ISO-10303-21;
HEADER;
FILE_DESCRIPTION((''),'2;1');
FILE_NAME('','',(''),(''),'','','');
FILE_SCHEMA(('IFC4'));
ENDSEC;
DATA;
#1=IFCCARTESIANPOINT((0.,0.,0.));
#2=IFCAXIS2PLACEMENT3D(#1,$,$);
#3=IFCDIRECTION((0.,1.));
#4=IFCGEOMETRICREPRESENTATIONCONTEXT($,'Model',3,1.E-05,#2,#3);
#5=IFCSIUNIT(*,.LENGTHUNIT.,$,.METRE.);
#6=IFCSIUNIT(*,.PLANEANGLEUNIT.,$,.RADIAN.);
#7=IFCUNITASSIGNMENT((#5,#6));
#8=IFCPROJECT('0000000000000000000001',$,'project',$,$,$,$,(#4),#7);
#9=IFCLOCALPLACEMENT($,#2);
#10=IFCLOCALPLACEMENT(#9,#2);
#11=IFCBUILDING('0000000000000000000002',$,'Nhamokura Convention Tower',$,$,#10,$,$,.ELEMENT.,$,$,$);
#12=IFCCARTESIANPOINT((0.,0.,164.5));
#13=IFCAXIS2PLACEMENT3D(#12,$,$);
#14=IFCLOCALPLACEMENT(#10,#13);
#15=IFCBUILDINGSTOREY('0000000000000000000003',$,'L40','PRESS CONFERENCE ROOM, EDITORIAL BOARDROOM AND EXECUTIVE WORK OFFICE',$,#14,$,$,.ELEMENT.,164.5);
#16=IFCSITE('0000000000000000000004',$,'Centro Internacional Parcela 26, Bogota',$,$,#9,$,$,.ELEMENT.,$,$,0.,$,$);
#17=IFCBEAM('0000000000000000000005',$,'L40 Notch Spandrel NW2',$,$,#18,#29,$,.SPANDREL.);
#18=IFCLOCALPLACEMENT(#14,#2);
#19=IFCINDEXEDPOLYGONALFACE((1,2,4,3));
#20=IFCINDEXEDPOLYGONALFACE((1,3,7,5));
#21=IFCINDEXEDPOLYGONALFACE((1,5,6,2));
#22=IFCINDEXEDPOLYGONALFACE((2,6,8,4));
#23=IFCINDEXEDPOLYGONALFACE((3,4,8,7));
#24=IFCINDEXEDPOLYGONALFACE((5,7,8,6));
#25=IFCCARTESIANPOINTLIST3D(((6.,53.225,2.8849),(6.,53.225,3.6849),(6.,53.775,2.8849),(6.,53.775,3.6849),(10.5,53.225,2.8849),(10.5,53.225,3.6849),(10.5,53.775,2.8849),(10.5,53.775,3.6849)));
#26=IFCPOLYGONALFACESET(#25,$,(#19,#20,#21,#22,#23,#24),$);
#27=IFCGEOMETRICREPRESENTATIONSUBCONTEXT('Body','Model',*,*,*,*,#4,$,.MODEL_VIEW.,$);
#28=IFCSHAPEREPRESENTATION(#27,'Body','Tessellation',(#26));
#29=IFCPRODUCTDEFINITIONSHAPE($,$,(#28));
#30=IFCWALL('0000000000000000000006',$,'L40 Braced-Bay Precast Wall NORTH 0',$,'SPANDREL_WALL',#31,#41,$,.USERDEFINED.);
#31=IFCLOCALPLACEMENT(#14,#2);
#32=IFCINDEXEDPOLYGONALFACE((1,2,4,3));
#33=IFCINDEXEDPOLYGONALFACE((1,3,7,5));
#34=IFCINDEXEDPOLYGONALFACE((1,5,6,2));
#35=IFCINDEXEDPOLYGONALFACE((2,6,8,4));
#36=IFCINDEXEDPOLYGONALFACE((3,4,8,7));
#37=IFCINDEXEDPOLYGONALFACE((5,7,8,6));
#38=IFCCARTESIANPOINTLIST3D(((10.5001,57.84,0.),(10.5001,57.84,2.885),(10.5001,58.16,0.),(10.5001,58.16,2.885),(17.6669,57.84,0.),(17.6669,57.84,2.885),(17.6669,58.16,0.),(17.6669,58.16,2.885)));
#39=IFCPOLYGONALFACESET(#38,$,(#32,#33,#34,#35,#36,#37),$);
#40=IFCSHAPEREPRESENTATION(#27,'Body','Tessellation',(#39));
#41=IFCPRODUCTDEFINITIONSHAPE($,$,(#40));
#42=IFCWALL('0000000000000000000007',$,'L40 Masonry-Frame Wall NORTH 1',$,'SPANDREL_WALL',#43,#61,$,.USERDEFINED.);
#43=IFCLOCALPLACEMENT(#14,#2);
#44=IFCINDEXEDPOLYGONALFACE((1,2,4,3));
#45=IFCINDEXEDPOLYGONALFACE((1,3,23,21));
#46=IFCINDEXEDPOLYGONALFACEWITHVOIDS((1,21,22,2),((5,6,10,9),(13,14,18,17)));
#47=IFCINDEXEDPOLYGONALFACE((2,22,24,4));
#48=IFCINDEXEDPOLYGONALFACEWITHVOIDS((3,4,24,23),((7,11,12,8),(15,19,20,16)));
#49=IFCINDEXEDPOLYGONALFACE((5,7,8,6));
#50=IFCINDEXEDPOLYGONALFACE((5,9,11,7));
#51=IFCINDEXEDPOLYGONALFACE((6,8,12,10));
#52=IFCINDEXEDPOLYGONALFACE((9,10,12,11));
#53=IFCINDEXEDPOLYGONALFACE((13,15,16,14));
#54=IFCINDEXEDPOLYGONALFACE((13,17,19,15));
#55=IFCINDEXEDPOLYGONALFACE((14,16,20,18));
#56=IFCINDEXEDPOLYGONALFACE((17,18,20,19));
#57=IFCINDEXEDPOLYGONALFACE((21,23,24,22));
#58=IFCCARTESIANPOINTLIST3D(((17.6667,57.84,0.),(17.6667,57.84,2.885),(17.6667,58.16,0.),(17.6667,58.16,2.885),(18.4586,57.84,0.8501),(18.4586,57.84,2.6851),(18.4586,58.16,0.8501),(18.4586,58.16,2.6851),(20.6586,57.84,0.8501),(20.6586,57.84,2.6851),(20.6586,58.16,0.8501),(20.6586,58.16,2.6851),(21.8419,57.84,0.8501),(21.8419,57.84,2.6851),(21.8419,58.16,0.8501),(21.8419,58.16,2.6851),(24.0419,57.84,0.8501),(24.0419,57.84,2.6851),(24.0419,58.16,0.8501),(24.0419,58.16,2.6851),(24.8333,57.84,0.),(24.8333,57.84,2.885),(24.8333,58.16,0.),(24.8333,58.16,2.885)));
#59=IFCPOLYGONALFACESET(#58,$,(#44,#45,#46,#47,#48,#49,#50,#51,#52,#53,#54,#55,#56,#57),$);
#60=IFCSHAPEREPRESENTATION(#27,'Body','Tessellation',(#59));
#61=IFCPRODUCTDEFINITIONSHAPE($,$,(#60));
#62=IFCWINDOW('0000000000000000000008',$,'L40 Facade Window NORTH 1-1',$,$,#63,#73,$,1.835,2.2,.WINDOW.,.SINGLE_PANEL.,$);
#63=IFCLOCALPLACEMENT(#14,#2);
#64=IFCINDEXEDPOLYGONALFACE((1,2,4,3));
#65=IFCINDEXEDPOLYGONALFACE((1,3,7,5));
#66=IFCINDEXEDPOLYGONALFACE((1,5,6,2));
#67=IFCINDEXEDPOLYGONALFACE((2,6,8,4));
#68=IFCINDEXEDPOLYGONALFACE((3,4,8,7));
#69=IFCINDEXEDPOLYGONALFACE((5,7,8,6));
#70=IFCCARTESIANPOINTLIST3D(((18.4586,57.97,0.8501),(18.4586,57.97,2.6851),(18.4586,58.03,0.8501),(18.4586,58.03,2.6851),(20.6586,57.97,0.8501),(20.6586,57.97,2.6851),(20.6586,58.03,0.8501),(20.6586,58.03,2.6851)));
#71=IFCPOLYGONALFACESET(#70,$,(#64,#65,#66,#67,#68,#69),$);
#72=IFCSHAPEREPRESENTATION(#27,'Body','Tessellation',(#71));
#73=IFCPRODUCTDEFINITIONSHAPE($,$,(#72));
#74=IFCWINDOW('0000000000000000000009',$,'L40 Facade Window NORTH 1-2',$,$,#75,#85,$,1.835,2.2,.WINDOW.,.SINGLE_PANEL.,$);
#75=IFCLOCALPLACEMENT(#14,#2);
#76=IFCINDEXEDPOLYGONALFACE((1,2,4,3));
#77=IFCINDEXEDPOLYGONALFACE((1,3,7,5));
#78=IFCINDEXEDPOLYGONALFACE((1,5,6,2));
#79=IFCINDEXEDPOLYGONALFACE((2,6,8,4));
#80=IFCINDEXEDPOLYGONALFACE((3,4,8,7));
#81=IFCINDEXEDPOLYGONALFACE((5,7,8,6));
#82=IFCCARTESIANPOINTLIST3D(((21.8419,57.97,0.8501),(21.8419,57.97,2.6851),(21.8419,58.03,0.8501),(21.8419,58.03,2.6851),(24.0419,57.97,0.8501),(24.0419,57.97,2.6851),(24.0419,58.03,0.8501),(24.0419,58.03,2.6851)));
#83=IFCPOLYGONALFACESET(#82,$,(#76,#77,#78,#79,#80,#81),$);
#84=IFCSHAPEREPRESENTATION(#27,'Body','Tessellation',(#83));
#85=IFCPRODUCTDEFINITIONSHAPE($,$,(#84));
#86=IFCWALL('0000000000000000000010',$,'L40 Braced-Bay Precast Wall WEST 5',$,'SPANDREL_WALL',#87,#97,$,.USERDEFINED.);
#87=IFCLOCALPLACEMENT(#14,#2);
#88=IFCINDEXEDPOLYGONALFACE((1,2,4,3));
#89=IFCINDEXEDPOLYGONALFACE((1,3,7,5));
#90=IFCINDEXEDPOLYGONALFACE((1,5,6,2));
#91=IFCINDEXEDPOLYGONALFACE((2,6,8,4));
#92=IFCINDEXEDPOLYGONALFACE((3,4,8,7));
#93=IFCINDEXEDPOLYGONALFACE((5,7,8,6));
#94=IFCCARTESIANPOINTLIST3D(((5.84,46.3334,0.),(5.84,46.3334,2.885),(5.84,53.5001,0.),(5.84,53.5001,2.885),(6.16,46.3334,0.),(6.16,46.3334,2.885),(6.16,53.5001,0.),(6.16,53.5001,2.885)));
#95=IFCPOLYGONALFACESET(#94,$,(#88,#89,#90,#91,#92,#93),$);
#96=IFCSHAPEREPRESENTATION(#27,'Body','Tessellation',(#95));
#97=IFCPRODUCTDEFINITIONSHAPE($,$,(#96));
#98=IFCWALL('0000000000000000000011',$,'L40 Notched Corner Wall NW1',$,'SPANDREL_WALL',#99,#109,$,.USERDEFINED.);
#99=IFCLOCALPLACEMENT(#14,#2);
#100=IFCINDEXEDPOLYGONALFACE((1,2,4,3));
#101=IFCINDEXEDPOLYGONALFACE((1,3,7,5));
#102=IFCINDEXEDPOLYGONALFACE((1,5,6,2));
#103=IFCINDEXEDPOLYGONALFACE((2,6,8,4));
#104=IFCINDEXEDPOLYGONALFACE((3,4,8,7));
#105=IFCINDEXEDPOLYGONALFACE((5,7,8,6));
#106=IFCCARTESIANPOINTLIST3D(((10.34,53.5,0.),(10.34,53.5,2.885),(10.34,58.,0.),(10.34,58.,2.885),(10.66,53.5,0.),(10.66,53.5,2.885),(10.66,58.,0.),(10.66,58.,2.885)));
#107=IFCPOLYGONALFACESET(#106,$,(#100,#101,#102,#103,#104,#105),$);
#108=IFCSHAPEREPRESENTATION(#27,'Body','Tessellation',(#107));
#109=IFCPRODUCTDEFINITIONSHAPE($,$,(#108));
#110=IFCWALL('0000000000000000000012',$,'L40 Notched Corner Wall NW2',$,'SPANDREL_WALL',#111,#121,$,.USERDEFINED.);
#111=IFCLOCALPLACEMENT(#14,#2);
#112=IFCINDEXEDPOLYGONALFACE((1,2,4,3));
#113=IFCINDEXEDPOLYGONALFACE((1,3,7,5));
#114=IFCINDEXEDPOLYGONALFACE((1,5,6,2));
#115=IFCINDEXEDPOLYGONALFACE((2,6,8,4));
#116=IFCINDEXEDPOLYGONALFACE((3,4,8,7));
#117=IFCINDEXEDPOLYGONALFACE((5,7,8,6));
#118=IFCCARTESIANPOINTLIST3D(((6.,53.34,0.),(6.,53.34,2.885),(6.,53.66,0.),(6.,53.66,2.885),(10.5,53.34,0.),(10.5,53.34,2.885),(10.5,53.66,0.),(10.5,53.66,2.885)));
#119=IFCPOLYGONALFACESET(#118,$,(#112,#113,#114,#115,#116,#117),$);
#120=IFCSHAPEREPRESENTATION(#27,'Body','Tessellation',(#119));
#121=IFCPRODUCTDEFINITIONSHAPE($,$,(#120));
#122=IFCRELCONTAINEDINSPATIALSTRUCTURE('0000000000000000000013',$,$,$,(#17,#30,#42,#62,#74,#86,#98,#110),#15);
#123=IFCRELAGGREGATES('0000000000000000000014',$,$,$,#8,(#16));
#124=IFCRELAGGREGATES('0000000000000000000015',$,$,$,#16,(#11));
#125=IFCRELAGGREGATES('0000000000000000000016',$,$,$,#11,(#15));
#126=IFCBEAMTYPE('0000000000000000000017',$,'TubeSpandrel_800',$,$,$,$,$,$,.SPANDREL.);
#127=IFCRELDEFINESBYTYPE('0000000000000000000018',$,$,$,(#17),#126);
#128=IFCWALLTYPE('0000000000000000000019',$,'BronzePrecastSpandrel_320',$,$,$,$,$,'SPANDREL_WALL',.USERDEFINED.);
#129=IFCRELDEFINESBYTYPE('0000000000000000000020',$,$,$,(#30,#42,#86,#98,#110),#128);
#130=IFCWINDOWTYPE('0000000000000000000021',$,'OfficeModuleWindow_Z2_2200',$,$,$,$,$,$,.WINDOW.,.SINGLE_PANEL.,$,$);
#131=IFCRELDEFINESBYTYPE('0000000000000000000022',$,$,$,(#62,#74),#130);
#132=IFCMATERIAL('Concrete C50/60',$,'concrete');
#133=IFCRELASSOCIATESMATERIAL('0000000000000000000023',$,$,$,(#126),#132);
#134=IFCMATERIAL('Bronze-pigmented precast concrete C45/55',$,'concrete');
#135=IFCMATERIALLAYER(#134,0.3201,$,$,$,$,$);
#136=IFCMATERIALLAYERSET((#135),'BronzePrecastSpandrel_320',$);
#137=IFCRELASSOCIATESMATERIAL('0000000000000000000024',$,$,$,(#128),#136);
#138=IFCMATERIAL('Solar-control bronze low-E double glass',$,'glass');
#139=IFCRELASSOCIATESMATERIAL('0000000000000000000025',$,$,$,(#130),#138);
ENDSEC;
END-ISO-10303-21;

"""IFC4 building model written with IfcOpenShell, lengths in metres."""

from ifc_helpers import new_model, si_unit, direction, frame, frame_2d, origin, origin_2d, place, context, subcontext, project, spatial, rectangle, extrude, material, layer, layer_set, material_profile, profile_set, type_object, element, fill, save


model = new_model("IFC4")

# Units and contexts
model_context = context("Model", 3, precision=1e-05, world=origin(), true_north=direction((0.0, 1.0)))
body_context = subcontext(model_context, "Body", "Model", "MODEL_VIEW")
ifc_project = project(units=[si_unit("LENGTHUNIT", "METRE"), si_unit("PLANEANGLEUNIT", "RADIAN")], contexts=[model_context])

# Site, building, storey
site_placement = place(None, origin())
site = spatial("IfcSite", under=ifc_project, at=site_placement, Name="Centro Internacional Parcela 26, Bogota", CompositionType="ELEMENT", RefElevation=0.0)
building_placement = place(site_placement, origin())
building = spatial("IfcBuilding", under=site, at=building_placement, Name="Nhamokura Convention Tower", CompositionType="ELEMENT")
storey_placement = place(building_placement, frame((0.0, 0.0, 164.5)))
storey = spatial("IfcBuildingStorey", under=building, at=storey_placement, Name="L40", Description="PRESS CONFERENCE ROOM, EDITORIAL BOARDROOM AND EXECUTIVE WORK OFFICE", CompositionType="ELEMENT", Elevation=164.5)

# Beam
ifc_material_1 = material(Name="Concrete C50/60", Category="concrete")
ifc_material_profile_1 = material_profile(ifc_material_1, rectangle(XDim=0.55, YDim=0.8, at=origin_2d()))
ifc_profile_set_1 = profile_set([ifc_material_profile_1], Name="Concrete C50/60")
beam_type_1 = type_object("IfcBeamType", Name="TubeSpandrel_800", PredefinedType="SPANDREL", material=ifc_profile_set_1)
for number, where, z_axis, x_axis, name in (
    (1, (10.5, 53.5, 3.2849), (-1.0, 0.0, 0.0), (0.0, -1.0, 0.0), "L40 Notch Spandrel NW2"),
):
    element("IfcBeam", number, at=place(storey_placement, frame(where, z_axis=z_axis, x_axis=x_axis)), inside=storey, type_object=beam_type_1, Name=name, PredefinedType="SPANDREL", context=body_context, shape_type="SweptSolid", body=[
        extrude(rectangle(XDim=0.55, YDim=0.8, at=origin_2d()), origin(), (0.0, 0.0, 1.0), 4.5),
    ])

# Wall
ifc_material_2 = material(Name="Bronze-pigmented precast concrete C45/55", Category="concrete")
ifc_layer = layer(ifc_material_2, 0.3201)
ifc_layer_set = layer_set([ifc_layer], Name="BronzePrecastSpandrel_320")
wall_type = type_object("IfcWallType", Name="BronzePrecastSpandrel_320", ElementType="SPANDREL_WALL", PredefinedType="USERDEFINED", material=ifc_layer_set)
wall_1_placement = place(storey_placement, frame((10.5, 58.0, 0.0), z_axis=(0.0, 0.0, 1.0), x_axis=(1.0, 0.0, 0.0)))
element("IfcWall", 2, at=wall_1_placement, inside=storey, type_object=wall_type, Name="L40 Braced-Bay Precast Wall NORTH 0", ObjectType="SPANDREL_WALL", PredefinedType="USERDEFINED", context=body_context, shape_type="SweptSolid", body=[
    extrude(rectangle(XDim=7.1667, YDim=0.3201, at=frame_2d((3.5835, 0.0))), origin(), (0.0, 0.0, 1.0), 2.885),
])

# Wall, openings, windows
wall_2_placement = place(storey_placement, frame((17.6667, 58.0, 0.0), z_axis=(0.0, 0.0, 1.0), x_axis=(1.0, 0.0, 0.0)))
wall_2 = element("IfcWall", 3, at=wall_2_placement, inside=storey, type_object=wall_type, Name="L40 Masonry-Frame Wall NORTH 1", ObjectType="SPANDREL_WALL", PredefinedType="USERDEFINED", context=body_context, shape_type="SweptSolid", body=[
    extrude(rectangle(XDim=7.1665, YDim=0.3201, at=frame_2d((3.5833, 0.0))), origin(), (0.0, 0.0, 1.0), 2.885),
])
opening_1_placement = place(wall_2_placement, frame((0.7917, 0.0, 0.8501)))
opening_1 = element("IfcOpeningElement", 4, at=opening_1_placement, cuts=wall_2, PredefinedType="OPENING", context=body_context, shape_type="SweptSolid", body=[
    extrude(rectangle(XDim=2.2, YDim=1.835, at=frame_2d((1.1001, 0.9175))), frame((0.0, 0.1699, 0.0), z_axis=(0.0, -1.0, 0.0), x_axis=(1.0, 0.0, 0.0)), (0.0, 0.0, 1.0), 0.3401),
])
opening_2_placement = place(wall_2_placement, frame((4.175, 0.0, 0.8501)))
opening_2 = element("IfcOpeningElement", 5, at=opening_2_placement, cuts=wall_2, PredefinedType="OPENING", context=body_context, shape_type="SweptSolid", body=[
    extrude(rectangle(XDim=2.2, YDim=1.835, at=frame_2d((1.1001, 0.9175))), frame((0.0, 0.1699, 0.0), z_axis=(0.0, -1.0, 0.0), x_axis=(1.0, 0.0, 0.0)), (0.0, 0.0, 1.0), 0.3401),
])
ifc_material_3 = material(Name="Solar-control bronze low-E double glass", Category="glass")
window_type = type_object("IfcWindowType", Name="OfficeModuleWindow_Z2_2200", PartitioningType="SINGLE_PANEL", PredefinedType="WINDOW", material=ifc_material_3)
window_1_placement = place(opening_1_placement, origin())
window_1 = element("IfcWindow", 6, at=window_1_placement, inside=storey, type_object=window_type, Name="L40 Facade Window NORTH 1-1", OverallHeight=1.835, OverallWidth=2.2, PartitioningType="SINGLE_PANEL", PredefinedType="WINDOW", context=body_context, shape_type="SweptSolid", body=[
    extrude(rectangle(XDim=2.2, YDim=1.835, at=frame_2d((1.1001, 0.9175))), frame((0.0, 0.03, 0.0), z_axis=(0.0, -1.0, 0.0), x_axis=(1.0, 0.0, 0.0)), (0.0, 0.0, 1.0), 0.0601),
])
fill(opening_1, window_1)
window_2_placement = place(opening_2_placement, origin())
window_2 = element("IfcWindow", 7, at=window_2_placement, inside=storey, type_object=window_type, Name="L40 Facade Window NORTH 1-2", OverallHeight=1.835, OverallWidth=2.2, PartitioningType="SINGLE_PANEL", PredefinedType="WINDOW", context=body_context, shape_type="SweptSolid", body=[
    extrude(rectangle(XDim=2.2, YDim=1.835, at=frame_2d((1.1001, 0.9175))), frame((0.0, 0.03, 0.0), z_axis=(0.0, -1.0, 0.0), x_axis=(1.0, 0.0, 0.0)), (0.0, 0.0, 1.0), 0.0601),
])
fill(opening_2, window_2)

# Walls
wall_3_placement = place(storey_placement, frame((6.0, 46.3333, 0.0), z_axis=(0.0, 0.0, 1.0), x_axis=(0.0, 1.0, 0.0)))
element("IfcWall", 8, at=wall_3_placement, inside=storey, type_object=wall_type, Name="L40 Braced-Bay Precast Wall WEST 5", ObjectType="SPANDREL_WALL", PredefinedType="USERDEFINED", context=body_context, shape_type="SweptSolid", body=[
    extrude(rectangle(XDim=7.1667, YDim=0.3201, at=frame_2d((3.5835, 0.0))), origin(), (0.0, 0.0, 1.0), 2.885),
])
for number, where, z_axis, x_axis, name in (
    (9, (10.5, 53.5, 0.0), (0.0, 0.0, 1.0), (0.0, 1.0, 0.0), "L40 Notched Corner Wall NW1"),
    (10, (6.0, 53.5, 0.0), (0.0, 0.0, 1.0), (1.0, 0.0, 0.0), "L40 Notched Corner Wall NW2"),
):
    element("IfcWall", number, at=place(storey_placement, frame(where, z_axis=z_axis, x_axis=x_axis)), inside=storey, type_object=wall_type, Name=name, ObjectType="SPANDREL_WALL", PredefinedType="USERDEFINED", context=body_context, shape_type="SweptSolid", body=[
        extrude(rectangle(XDim=4.5, YDim=0.3201, at=frame_2d((2.25, 0.0))), origin(), (0.0, 0.0, 1.0), 2.885),
    ])

save(model, "model.ifc")
